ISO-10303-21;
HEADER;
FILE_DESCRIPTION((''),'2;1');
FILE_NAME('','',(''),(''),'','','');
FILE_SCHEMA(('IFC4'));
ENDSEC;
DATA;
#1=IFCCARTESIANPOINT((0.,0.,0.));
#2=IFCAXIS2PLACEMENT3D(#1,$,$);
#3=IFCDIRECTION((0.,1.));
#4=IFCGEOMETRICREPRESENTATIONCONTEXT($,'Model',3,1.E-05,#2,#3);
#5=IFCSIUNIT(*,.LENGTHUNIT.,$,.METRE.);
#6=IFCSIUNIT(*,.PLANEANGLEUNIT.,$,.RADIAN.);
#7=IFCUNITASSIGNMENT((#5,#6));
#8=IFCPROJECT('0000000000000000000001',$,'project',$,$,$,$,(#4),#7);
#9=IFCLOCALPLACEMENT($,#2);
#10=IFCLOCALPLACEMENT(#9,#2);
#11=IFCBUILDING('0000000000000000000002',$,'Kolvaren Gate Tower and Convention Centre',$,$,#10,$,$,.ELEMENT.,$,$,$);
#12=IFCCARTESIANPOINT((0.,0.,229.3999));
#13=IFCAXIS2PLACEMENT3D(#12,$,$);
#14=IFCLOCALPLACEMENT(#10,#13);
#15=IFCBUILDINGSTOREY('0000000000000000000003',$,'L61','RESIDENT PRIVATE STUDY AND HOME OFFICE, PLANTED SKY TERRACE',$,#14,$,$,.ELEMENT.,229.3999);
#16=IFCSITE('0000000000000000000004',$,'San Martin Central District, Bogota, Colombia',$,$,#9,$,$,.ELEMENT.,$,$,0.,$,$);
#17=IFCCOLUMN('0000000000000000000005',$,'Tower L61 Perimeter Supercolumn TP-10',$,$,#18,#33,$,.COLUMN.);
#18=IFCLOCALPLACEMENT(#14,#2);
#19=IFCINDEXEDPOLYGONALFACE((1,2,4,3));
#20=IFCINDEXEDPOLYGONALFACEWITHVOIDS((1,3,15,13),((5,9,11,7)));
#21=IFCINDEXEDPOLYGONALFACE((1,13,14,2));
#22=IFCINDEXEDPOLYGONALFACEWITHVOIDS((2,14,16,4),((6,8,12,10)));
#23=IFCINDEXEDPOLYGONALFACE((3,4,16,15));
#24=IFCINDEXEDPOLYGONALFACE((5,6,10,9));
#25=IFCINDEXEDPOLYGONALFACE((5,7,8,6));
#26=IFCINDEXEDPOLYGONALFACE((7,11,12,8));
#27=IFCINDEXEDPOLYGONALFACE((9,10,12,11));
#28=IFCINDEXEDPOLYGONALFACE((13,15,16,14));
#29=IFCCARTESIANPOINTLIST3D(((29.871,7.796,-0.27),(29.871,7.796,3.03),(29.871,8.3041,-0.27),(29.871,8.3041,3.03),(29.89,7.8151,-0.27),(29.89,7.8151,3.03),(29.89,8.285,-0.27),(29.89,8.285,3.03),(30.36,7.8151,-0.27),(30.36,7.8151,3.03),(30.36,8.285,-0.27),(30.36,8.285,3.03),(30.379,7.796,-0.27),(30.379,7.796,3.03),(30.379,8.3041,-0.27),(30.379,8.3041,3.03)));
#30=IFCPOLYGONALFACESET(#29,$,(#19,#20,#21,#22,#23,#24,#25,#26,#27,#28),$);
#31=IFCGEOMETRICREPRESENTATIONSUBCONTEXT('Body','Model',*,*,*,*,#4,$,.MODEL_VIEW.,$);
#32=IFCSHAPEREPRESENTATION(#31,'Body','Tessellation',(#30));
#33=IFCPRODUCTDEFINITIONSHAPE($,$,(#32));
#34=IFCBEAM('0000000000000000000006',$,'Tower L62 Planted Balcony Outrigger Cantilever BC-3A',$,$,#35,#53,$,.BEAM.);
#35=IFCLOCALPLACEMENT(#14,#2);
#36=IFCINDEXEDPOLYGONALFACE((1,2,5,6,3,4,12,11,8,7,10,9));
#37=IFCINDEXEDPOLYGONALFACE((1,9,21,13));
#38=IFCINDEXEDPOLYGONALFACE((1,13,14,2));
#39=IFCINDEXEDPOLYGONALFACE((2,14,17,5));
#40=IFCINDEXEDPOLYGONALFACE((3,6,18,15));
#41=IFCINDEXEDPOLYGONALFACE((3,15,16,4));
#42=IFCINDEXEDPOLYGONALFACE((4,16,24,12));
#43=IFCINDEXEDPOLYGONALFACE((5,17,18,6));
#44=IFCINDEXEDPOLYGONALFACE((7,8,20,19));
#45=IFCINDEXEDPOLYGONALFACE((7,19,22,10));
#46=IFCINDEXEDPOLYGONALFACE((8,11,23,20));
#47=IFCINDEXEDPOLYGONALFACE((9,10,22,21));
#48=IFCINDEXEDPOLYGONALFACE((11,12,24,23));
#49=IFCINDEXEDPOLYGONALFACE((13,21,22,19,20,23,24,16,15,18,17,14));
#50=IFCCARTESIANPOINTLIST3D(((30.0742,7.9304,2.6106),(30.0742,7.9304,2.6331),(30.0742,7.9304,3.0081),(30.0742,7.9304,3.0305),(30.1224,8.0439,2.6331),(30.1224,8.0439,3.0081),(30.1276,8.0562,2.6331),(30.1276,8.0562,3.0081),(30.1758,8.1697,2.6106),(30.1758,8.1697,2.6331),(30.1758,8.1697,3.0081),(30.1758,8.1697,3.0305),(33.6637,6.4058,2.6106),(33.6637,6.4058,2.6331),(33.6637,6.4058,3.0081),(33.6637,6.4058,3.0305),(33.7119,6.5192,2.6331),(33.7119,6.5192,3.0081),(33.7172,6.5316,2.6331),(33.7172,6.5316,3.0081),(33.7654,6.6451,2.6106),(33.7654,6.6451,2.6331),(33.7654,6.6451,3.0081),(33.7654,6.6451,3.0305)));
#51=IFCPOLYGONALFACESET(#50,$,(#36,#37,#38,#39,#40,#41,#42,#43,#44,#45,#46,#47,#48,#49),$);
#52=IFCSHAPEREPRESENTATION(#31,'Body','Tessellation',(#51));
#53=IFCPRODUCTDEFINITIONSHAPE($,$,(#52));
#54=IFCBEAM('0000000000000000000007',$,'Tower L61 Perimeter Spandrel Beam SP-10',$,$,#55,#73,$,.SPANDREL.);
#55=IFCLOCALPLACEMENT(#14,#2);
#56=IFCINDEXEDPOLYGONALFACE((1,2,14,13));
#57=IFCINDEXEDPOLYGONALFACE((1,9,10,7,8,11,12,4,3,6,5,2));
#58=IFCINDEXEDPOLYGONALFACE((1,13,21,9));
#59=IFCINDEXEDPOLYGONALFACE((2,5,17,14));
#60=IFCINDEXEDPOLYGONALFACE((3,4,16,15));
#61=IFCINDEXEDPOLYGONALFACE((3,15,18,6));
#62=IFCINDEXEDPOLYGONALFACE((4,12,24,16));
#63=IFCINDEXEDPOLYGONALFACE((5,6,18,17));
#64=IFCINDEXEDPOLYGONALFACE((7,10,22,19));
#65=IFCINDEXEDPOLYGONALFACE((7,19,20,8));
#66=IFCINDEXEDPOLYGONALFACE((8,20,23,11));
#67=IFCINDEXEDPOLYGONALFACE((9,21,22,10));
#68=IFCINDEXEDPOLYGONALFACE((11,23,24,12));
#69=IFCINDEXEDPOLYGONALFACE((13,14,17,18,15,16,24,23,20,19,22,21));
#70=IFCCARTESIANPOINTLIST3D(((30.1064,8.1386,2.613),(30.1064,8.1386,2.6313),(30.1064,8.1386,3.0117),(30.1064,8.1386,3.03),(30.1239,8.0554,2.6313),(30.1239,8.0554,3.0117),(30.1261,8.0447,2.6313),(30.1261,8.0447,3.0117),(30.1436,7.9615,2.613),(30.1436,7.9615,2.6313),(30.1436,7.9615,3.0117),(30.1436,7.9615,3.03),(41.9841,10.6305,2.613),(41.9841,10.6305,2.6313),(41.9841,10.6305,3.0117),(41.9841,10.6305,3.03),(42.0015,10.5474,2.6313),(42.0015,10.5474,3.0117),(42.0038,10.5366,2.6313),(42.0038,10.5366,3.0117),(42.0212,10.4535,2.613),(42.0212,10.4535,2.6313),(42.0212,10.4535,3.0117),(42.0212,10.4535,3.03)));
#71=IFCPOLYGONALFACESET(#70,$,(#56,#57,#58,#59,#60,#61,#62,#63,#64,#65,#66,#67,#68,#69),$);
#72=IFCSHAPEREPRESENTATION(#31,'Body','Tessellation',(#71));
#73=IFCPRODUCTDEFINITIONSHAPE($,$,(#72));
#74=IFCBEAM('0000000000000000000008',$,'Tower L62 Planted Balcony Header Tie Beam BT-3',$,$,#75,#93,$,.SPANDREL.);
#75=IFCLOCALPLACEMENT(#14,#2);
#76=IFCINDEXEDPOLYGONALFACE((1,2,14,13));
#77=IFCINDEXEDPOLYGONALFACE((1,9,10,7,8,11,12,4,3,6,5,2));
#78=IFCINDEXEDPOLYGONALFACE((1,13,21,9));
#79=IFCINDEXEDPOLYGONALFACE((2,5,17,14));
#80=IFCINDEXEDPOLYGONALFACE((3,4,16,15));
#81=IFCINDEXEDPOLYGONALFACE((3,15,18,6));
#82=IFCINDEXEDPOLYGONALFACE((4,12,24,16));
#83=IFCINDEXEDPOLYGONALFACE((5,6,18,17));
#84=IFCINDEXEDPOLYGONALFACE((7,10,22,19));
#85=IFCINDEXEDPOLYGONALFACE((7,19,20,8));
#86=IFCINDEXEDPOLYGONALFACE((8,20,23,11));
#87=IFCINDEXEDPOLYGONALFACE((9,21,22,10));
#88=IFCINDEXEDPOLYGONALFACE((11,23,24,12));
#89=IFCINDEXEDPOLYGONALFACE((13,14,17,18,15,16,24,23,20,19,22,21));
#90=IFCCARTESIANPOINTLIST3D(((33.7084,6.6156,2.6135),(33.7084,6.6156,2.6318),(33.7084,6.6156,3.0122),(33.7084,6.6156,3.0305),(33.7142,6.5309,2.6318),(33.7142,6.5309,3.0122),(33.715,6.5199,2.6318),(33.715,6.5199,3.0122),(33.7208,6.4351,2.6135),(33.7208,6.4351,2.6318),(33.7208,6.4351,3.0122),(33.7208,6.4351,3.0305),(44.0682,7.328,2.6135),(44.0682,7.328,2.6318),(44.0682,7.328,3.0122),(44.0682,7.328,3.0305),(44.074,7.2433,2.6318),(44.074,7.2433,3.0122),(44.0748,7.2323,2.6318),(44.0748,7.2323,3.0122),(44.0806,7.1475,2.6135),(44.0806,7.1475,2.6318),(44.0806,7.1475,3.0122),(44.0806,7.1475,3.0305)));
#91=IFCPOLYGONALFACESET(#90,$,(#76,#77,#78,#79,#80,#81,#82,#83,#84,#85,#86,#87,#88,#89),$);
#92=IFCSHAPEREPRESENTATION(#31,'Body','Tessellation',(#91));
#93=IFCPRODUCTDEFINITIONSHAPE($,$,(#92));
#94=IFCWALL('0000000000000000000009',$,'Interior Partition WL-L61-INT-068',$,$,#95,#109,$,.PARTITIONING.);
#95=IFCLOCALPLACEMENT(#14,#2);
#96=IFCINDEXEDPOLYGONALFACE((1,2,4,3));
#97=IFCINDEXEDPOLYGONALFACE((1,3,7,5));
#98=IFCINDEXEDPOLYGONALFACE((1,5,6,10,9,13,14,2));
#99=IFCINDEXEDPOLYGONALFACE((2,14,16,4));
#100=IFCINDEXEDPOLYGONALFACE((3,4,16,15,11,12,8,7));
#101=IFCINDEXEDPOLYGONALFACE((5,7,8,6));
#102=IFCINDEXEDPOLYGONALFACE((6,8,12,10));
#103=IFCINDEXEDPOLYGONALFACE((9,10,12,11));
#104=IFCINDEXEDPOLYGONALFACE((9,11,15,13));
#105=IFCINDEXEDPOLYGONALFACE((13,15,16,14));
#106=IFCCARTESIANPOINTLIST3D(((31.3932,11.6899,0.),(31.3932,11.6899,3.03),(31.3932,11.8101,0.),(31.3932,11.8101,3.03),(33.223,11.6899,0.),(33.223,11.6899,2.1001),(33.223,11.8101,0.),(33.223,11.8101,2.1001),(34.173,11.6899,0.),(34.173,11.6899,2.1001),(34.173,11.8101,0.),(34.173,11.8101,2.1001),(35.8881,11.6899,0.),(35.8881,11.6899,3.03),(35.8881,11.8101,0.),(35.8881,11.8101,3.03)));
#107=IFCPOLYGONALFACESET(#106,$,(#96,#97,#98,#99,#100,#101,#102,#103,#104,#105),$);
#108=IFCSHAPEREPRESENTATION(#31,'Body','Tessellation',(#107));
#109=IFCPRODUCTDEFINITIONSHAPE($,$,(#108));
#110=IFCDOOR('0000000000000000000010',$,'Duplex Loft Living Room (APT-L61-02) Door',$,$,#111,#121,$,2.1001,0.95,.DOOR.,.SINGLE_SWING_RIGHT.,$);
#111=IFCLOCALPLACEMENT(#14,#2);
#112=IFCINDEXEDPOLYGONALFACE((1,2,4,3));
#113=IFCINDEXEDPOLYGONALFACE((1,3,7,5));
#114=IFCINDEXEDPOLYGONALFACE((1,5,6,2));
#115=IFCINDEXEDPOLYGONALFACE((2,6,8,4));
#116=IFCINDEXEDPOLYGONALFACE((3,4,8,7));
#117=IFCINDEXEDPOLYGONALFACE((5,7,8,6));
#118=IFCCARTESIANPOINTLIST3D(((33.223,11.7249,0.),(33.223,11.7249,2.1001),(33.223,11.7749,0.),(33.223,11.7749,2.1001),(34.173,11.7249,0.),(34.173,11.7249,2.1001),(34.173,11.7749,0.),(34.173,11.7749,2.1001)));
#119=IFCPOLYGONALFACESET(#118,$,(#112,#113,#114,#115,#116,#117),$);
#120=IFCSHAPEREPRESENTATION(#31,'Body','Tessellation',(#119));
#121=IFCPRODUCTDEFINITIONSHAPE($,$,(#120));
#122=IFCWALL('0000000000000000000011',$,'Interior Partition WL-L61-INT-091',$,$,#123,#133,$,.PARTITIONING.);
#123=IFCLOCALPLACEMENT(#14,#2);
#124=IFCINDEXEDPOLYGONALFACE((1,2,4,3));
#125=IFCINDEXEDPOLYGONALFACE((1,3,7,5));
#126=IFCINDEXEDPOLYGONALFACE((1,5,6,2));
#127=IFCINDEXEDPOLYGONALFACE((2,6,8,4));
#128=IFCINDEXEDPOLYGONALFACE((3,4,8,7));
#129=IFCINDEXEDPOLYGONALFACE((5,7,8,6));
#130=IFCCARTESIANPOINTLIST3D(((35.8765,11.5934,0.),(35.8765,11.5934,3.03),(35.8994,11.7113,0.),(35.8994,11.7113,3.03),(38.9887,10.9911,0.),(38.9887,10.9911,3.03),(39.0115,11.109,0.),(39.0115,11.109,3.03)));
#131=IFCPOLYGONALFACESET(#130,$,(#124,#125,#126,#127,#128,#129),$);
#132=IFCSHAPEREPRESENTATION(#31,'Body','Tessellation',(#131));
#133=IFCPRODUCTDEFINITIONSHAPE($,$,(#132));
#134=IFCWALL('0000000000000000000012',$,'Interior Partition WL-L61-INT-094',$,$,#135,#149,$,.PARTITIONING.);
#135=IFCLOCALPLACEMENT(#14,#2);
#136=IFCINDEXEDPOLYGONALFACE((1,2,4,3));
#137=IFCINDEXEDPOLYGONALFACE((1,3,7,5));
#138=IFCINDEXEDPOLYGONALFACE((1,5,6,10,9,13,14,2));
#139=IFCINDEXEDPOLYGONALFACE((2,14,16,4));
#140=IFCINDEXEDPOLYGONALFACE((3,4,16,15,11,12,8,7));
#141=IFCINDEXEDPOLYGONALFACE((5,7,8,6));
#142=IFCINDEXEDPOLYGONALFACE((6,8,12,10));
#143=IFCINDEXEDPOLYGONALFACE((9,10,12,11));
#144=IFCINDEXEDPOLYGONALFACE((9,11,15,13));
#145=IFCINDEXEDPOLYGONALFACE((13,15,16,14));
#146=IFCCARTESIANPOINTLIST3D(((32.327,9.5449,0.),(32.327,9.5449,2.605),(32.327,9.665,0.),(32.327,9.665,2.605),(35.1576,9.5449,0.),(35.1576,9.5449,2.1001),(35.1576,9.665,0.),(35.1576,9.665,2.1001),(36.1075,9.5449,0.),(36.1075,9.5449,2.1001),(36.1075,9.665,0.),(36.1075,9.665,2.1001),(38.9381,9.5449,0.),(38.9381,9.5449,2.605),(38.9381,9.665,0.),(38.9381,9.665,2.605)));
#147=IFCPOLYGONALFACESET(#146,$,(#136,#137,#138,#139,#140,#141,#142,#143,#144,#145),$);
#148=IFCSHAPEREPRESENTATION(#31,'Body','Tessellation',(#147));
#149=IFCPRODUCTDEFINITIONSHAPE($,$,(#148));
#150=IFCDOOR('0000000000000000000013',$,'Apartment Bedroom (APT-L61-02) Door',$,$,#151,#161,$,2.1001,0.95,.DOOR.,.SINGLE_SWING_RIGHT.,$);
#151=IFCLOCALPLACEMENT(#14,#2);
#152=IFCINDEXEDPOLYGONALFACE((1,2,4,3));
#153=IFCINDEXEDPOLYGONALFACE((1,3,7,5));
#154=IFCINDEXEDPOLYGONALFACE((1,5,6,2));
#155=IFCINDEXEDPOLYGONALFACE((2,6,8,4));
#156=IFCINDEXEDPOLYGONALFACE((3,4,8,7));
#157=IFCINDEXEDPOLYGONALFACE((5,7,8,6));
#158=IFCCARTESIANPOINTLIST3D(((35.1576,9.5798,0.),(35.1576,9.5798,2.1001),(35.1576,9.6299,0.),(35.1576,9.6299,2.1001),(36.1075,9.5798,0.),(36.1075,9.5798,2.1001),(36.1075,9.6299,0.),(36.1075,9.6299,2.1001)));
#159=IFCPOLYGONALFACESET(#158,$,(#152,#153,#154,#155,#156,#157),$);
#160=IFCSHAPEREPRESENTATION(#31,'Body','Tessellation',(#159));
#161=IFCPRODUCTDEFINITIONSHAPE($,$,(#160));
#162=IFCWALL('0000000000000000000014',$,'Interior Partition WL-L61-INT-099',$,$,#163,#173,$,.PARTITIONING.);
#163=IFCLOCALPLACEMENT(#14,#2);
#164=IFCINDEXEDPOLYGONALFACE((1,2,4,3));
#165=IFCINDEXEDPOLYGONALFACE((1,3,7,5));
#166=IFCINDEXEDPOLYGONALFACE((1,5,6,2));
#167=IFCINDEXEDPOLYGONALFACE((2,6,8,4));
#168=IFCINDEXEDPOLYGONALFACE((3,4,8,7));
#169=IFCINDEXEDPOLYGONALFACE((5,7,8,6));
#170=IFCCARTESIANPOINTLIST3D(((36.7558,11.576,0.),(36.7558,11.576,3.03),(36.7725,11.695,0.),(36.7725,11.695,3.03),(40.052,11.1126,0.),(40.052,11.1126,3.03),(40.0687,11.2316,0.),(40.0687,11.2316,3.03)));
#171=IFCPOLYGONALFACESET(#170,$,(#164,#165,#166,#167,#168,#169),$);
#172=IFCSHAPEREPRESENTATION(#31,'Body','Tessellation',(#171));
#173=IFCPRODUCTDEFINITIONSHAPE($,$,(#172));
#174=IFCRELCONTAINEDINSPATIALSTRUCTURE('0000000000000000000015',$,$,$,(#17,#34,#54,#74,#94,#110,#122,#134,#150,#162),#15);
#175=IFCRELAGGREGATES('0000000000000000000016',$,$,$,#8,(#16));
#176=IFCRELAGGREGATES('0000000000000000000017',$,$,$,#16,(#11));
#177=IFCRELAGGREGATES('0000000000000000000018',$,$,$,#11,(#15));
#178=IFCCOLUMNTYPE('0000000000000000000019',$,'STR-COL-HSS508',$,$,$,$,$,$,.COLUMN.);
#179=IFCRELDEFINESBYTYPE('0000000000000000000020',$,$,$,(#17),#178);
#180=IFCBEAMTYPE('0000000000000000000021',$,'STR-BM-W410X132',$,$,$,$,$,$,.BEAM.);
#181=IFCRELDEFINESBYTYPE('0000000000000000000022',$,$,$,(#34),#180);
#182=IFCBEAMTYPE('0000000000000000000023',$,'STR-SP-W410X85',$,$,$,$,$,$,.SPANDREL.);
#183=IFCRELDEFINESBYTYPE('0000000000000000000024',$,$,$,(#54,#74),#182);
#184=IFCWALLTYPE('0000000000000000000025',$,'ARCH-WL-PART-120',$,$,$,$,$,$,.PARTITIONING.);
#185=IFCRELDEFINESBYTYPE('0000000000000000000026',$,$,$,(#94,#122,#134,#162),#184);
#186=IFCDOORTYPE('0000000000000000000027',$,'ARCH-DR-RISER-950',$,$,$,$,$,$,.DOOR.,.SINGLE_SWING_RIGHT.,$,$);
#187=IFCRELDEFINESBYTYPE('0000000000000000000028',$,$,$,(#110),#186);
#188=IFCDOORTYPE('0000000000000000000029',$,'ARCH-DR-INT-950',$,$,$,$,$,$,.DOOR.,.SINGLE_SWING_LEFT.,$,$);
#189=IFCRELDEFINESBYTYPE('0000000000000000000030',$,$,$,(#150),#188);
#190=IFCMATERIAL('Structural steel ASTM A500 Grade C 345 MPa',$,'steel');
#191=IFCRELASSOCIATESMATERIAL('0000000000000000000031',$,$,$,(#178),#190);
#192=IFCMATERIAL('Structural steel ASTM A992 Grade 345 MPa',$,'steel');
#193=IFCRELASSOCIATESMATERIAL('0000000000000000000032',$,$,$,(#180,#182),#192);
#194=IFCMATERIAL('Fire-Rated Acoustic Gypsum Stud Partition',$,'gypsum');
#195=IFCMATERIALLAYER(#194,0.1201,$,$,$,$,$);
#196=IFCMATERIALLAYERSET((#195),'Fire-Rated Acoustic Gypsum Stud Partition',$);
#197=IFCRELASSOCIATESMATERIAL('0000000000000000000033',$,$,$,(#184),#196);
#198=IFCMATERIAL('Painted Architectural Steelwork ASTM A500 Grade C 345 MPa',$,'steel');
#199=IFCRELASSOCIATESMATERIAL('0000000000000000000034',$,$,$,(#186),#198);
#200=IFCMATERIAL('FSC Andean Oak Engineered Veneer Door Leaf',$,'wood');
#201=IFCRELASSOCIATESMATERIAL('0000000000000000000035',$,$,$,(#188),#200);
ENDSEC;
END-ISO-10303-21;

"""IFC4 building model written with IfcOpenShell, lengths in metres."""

from ifc_helpers import new_model, si_unit, direction, frame, frame_2d, origin, origin_2d, place, context, subcontext, project, spatial, rectangle, hollow_rectangle, i_section, extrude, material, layer, layer_set, material_profile, profile_set, type_object, element, fill, save


model = new_model("IFC4")

# Units and contexts
model_context = context("Model", 3, precision=1e-05, world=origin(), true_north=direction((0.0, 1.0)))
body_context = subcontext(model_context, "Body", "Model", "MODEL_VIEW")
ifc_project = project(units=[si_unit("LENGTHUNIT", "METRE"), si_unit("PLANEANGLEUNIT", "RADIAN")], contexts=[model_context])

# Site, building, storey
site_placement = place(None, origin())
site = spatial("IfcSite", under=ifc_project, at=site_placement, Name="San Martin Central District, Bogota, Colombia", CompositionType="ELEMENT", RefElevation=0.0)
building_placement = place(site_placement, origin())
building = spatial("IfcBuilding", under=site, at=building_placement, Name="Kolvaren Gate Tower and Convention Centre", CompositionType="ELEMENT")
storey_placement = place(building_placement, frame((0.0, 0.0, 229.3999)))
storey = spatial("IfcBuildingStorey", under=building, at=storey_placement, Name="L61", Description="RESIDENT PRIVATE STUDY AND HOME OFFICE, PLANTED SKY TERRACE", CompositionType="ELEMENT", Elevation=229.3999)

# Column
ifc_material_1 = material(Name="Structural steel ASTM A500 Grade C 345 MPa", Category="steel")
ifc_material_profile_1 = material_profile(ifc_material_1, hollow_rectangle(XDim=0.5081, YDim=0.5081, WallThickness=0.019, at=origin_2d()), Name="HSS508X508X19.1")
ifc_profile_set_1 = profile_set([ifc_material_profile_1], Name="Structural steel ASTM A500 Grade C 345 MPa")
column_type = type_object("IfcColumnType", Name="STR-COL-HSS508", PredefinedType="COLUMN", material=ifc_profile_set_1)
column_placement = place(storey_placement, frame((30.125, 8.05, -0.27), z_axis=(0.0, 0.0, 1.0), x_axis=(1.0, 0.0, 0.0)))
element("IfcColumn", 1, at=column_placement, inside=storey, type_object=column_type, Name="Tower L61 Perimeter Supercolumn TP-10", PredefinedType="COLUMN", context=body_context, shape_type="SweptSolid", body=[
    extrude(hollow_rectangle(XDim=0.5081, YDim=0.5081, WallThickness=0.019, at=origin_2d()), origin(), (0.0, 0.0, 1.0), 3.3),
])

# Beams
ifc_material_2 = material(Name="Structural steel ASTM A992 Grade 345 MPa", Category="steel")
ifc_material_profile_2 = material_profile(ifc_material_2, i_section(OverallWidth=0.26, OverallDepth=0.4199, WebThickness=0.0134, FlangeThickness=0.0225, at=origin_2d()), Name="W410X132")
ifc_profile_set_2 = profile_set([ifc_material_profile_2], Name="Structural steel ASTM A992 Grade 345 MPa")
beam_type_1 = type_object("IfcBeamType", Name="STR-BM-W410X132", PredefinedType="BEAM", material=ifc_profile_set_2)
beam_1_placement = place(storey_placement, frame((30.125, 8.05, 2.8206), z_axis=(0.920416, -0.39094, 0.0), x_axis=(0.39094, 0.920416, 0.0)))
element("IfcBeam", 2, at=beam_1_placement, inside=storey, type_object=beam_type_1, Name="Tower L62 Planted Balcony Outrigger Cantilever BC-3A", PredefinedType="BEAM", context=body_context, shape_type="SweptSolid", body=[
    extrude(i_section(OverallWidth=0.26, OverallDepth=0.4199, WebThickness=0.0134, FlangeThickness=0.0225, at=origin_2d()), origin(), (0.0, 0.0, 1.0), 3.8999),
])
ifc_material_profile_3 = material_profile(ifc_material_2, i_section(OverallWidth=0.1809, OverallDepth=0.417, WebThickness=0.011, FlangeThickness=0.0183, at=origin_2d()), Name="W410X85")
ifc_profile_set_3 = profile_set([ifc_material_profile_3], Name="Structural steel ASTM A992 Grade 345 MPa")
beam_type_2 = type_object("IfcBeamType", Name="STR-SP-W410X85", PredefinedType="SPANDREL", material=ifc_profile_set_3)
beam_2_placement = place(storey_placement, frame((30.125, 8.05, 2.8215), z_axis=(0.978693, 0.20533, 0.0), x_axis=(-0.20533, 0.978693, 0.0)))
element("IfcBeam", 3, at=beam_2_placement, inside=storey, type_object=beam_type_2, Name="Tower L61 Perimeter Spandrel Beam SP-10", PredefinedType="SPANDREL", context=body_context, shape_type="SweptSolid", body=[
    extrude(i_section(OverallWidth=0.1809, OverallDepth=0.417, WebThickness=0.011, FlangeThickness=0.0183, at=origin_2d()), origin(), (0.0, 0.0, 1.0), 12.1362),
])
beam_3_placement = place(storey_placement, frame((33.7146, 6.5254, 2.822), z_axis=(0.997644, 0.068604, 0.0), x_axis=(-0.068604, 0.997644, 0.0)))
element("IfcBeam", 4, at=beam_3_placement, inside=storey, type_object=beam_type_2, Name="Tower L62 Planted Balcony Header Tie Beam BT-3", PredefinedType="SPANDREL", context=body_context, shape_type="SweptSolid", body=[
    extrude(i_section(OverallWidth=0.1809, OverallDepth=0.417, WebThickness=0.011, FlangeThickness=0.0183, at=origin_2d()), origin(), (0.0, 0.0, 1.0), 10.3843),
])

# Wall, opening, door
ifc_material_3 = material(Name="Fire-Rated Acoustic Gypsum Stud Partition", Category="gypsum")
ifc_layer_1 = layer(ifc_material_3, 0.1201)
ifc_layer_set_1 = layer_set([ifc_layer_1], Name="Fire-Rated Acoustic Gypsum Stud Partition")
wall_type_1 = type_object("IfcWallType", Name="ARCH-WL-PART-120", PredefinedType="PARTITIONING", material=ifc_layer_set_1)
wall_1_placement = place(storey_placement, frame((31.3931, 11.75, 0.0), z_axis=(0.0, 0.0, 1.0), x_axis=(1.0, 0.0, 0.0)))
wall_1 = element("IfcWall", 5, at=wall_1_placement, inside=storey, type_object=wall_type_1, Name="Interior Partition WL-L61-INT-068", PredefinedType="PARTITIONING", context=body_context, shape_type="SweptSolid", body=[
    extrude(rectangle(XDim=4.4949, YDim=0.1201, at=frame_2d((2.2476, 0.0))), origin(), (0.0, 0.0, 1.0), 3.03),
])
opening_1_placement = place(wall_1_placement, frame((1.8298, 0.0, 0.0)))
opening_1 = element("IfcOpeningElement", 6, at=opening_1_placement, cuts=wall_1, PredefinedType="OPENING", context=body_context, shape_type="SweptSolid", body=[
    extrude(rectangle(XDim=0.95, YDim=2.1001, at=frame_2d((0.4751, 1.05))), frame((0.0, 0.0701, 0.0), z_axis=(0.0, -1.0, 0.0), x_axis=(1.0, 0.0, 0.0)), (0.0, 0.0, 1.0), 0.1401),
])
ifc_material_4 = material(Name="Painted Architectural Steelwork ASTM A500 Grade C 345 MPa", Category="steel")
door_type_1 = type_object("IfcDoorType", Name="ARCH-DR-RISER-950", OperationType="SINGLE_SWING_RIGHT", PredefinedType="DOOR", material=ifc_material_4)
door_1_placement = place(opening_1_placement, origin())
door_1 = element("IfcDoor", 7, at=door_1_placement, inside=storey, type_object=door_type_1, Name="Duplex Loft Living Room (APT-L61-02) Door", OperationType="SINGLE_SWING_RIGHT", OverallHeight=2.1001, OverallWidth=0.95, PredefinedType="DOOR", context=body_context, shape_type="SweptSolid", body=[
    extrude(rectangle(XDim=0.95, YDim=2.1001, at=frame_2d((0.4751, 1.05))), frame((0.0, 0.0249, 0.0), z_axis=(0.0, -1.0, 0.0), x_axis=(1.0, 0.0, 0.0)), (0.0, 0.0, 1.0), 0.05),
])
fill(opening_1, door_1)

# Wall
wall_2_placement = place(storey_placement, frame((35.8879, 11.6523, 0.0), z_axis=(0.0, 0.0, 1.0), x_axis=(0.981782, -0.19001, 0.0)))
element("IfcWall", 8, at=wall_2_placement, inside=storey, type_object=wall_type_1, Name="Interior Partition WL-L61-INT-091", PredefinedType="PARTITIONING", context=body_context, shape_type="SweptSolid", body=[
    extrude(rectangle(XDim=3.1699, YDim=0.1201, at=frame_2d((1.585, 0.0))), origin(), (0.0, 0.0, 1.0), 3.03),
])

# Wall, opening, door
wall_3_placement = place(storey_placement, frame((32.3269, 9.605, 0.0), z_axis=(0.0, 0.0, 1.0), x_axis=(1.0, 0.0, 0.0)))
wall_3 = element("IfcWall", 9, at=wall_3_placement, inside=storey, type_object=wall_type_1, Name="Interior Partition WL-L61-INT-094", PredefinedType="PARTITIONING", context=body_context, shape_type="SweptSolid", body=[
    extrude(rectangle(XDim=6.6111, YDim=0.1201, at=frame_2d((3.3057, 0.0))), origin(), (0.0, 0.0, 1.0), 2.605),
])
opening_2_placement = place(wall_3_placement, frame((2.8306, 0.0, 0.0)))
opening_2 = element("IfcOpeningElement", 10, at=opening_2_placement, cuts=wall_3, PredefinedType="OPENING", context=body_context, shape_type="SweptSolid", body=[
    extrude(rectangle(XDim=0.95, YDim=2.1001, at=frame_2d((0.4751, 1.05))), frame((0.0, 0.0701, 0.0), z_axis=(0.0, -1.0, 0.0), x_axis=(1.0, 0.0, 0.0)), (0.0, 0.0, 1.0), 0.1401),
])
ifc_material_5 = material(Name="FSC Andean Oak Engineered Veneer Door Leaf", Category="wood")
door_type_2 = type_object("IfcDoorType", Name="ARCH-DR-INT-950", OperationType="SINGLE_SWING_LEFT", PredefinedType="DOOR", material=ifc_material_5)
door_2_placement = place(opening_2_placement, origin())
door_2 = element("IfcDoor", 11, at=door_2_placement, inside=storey, type_object=door_type_2, Name="Apartment Bedroom (APT-L61-02) Door", OperationType="SINGLE_SWING_RIGHT", OverallHeight=2.1001, OverallWidth=0.95, PredefinedType="DOOR", context=body_context, shape_type="SweptSolid", body=[
    extrude(rectangle(XDim=0.95, YDim=2.1001, at=frame_2d((0.4751, 1.05))), frame((0.0, 0.0249, 0.0), z_axis=(0.0, -1.0, 0.0), x_axis=(1.0, 0.0, 0.0)), (0.0, 0.0, 1.0), 0.05),
])
fill(opening_2, door_2)

# Wall
wall_4_placement = place(storey_placement, frame((36.7642, 11.6355, 0.0), z_axis=(0.0, 0.0, 1.0), x_axis=(0.990262, -0.139213, 0.0)))
element("IfcWall", 12, at=wall_4_placement, inside=storey, type_object=wall_type_1, Name="Interior Partition WL-L61-INT-099", PredefinedType="PARTITIONING", context=body_context, shape_type="SweptSolid", body=[
    extrude(rectangle(XDim=3.3286, YDim=0.1201, at=frame_2d((1.6643, 0.0))), origin(), (0.0, 0.0, 1.0), 3.03),
])

save(model, "model.ifc")
